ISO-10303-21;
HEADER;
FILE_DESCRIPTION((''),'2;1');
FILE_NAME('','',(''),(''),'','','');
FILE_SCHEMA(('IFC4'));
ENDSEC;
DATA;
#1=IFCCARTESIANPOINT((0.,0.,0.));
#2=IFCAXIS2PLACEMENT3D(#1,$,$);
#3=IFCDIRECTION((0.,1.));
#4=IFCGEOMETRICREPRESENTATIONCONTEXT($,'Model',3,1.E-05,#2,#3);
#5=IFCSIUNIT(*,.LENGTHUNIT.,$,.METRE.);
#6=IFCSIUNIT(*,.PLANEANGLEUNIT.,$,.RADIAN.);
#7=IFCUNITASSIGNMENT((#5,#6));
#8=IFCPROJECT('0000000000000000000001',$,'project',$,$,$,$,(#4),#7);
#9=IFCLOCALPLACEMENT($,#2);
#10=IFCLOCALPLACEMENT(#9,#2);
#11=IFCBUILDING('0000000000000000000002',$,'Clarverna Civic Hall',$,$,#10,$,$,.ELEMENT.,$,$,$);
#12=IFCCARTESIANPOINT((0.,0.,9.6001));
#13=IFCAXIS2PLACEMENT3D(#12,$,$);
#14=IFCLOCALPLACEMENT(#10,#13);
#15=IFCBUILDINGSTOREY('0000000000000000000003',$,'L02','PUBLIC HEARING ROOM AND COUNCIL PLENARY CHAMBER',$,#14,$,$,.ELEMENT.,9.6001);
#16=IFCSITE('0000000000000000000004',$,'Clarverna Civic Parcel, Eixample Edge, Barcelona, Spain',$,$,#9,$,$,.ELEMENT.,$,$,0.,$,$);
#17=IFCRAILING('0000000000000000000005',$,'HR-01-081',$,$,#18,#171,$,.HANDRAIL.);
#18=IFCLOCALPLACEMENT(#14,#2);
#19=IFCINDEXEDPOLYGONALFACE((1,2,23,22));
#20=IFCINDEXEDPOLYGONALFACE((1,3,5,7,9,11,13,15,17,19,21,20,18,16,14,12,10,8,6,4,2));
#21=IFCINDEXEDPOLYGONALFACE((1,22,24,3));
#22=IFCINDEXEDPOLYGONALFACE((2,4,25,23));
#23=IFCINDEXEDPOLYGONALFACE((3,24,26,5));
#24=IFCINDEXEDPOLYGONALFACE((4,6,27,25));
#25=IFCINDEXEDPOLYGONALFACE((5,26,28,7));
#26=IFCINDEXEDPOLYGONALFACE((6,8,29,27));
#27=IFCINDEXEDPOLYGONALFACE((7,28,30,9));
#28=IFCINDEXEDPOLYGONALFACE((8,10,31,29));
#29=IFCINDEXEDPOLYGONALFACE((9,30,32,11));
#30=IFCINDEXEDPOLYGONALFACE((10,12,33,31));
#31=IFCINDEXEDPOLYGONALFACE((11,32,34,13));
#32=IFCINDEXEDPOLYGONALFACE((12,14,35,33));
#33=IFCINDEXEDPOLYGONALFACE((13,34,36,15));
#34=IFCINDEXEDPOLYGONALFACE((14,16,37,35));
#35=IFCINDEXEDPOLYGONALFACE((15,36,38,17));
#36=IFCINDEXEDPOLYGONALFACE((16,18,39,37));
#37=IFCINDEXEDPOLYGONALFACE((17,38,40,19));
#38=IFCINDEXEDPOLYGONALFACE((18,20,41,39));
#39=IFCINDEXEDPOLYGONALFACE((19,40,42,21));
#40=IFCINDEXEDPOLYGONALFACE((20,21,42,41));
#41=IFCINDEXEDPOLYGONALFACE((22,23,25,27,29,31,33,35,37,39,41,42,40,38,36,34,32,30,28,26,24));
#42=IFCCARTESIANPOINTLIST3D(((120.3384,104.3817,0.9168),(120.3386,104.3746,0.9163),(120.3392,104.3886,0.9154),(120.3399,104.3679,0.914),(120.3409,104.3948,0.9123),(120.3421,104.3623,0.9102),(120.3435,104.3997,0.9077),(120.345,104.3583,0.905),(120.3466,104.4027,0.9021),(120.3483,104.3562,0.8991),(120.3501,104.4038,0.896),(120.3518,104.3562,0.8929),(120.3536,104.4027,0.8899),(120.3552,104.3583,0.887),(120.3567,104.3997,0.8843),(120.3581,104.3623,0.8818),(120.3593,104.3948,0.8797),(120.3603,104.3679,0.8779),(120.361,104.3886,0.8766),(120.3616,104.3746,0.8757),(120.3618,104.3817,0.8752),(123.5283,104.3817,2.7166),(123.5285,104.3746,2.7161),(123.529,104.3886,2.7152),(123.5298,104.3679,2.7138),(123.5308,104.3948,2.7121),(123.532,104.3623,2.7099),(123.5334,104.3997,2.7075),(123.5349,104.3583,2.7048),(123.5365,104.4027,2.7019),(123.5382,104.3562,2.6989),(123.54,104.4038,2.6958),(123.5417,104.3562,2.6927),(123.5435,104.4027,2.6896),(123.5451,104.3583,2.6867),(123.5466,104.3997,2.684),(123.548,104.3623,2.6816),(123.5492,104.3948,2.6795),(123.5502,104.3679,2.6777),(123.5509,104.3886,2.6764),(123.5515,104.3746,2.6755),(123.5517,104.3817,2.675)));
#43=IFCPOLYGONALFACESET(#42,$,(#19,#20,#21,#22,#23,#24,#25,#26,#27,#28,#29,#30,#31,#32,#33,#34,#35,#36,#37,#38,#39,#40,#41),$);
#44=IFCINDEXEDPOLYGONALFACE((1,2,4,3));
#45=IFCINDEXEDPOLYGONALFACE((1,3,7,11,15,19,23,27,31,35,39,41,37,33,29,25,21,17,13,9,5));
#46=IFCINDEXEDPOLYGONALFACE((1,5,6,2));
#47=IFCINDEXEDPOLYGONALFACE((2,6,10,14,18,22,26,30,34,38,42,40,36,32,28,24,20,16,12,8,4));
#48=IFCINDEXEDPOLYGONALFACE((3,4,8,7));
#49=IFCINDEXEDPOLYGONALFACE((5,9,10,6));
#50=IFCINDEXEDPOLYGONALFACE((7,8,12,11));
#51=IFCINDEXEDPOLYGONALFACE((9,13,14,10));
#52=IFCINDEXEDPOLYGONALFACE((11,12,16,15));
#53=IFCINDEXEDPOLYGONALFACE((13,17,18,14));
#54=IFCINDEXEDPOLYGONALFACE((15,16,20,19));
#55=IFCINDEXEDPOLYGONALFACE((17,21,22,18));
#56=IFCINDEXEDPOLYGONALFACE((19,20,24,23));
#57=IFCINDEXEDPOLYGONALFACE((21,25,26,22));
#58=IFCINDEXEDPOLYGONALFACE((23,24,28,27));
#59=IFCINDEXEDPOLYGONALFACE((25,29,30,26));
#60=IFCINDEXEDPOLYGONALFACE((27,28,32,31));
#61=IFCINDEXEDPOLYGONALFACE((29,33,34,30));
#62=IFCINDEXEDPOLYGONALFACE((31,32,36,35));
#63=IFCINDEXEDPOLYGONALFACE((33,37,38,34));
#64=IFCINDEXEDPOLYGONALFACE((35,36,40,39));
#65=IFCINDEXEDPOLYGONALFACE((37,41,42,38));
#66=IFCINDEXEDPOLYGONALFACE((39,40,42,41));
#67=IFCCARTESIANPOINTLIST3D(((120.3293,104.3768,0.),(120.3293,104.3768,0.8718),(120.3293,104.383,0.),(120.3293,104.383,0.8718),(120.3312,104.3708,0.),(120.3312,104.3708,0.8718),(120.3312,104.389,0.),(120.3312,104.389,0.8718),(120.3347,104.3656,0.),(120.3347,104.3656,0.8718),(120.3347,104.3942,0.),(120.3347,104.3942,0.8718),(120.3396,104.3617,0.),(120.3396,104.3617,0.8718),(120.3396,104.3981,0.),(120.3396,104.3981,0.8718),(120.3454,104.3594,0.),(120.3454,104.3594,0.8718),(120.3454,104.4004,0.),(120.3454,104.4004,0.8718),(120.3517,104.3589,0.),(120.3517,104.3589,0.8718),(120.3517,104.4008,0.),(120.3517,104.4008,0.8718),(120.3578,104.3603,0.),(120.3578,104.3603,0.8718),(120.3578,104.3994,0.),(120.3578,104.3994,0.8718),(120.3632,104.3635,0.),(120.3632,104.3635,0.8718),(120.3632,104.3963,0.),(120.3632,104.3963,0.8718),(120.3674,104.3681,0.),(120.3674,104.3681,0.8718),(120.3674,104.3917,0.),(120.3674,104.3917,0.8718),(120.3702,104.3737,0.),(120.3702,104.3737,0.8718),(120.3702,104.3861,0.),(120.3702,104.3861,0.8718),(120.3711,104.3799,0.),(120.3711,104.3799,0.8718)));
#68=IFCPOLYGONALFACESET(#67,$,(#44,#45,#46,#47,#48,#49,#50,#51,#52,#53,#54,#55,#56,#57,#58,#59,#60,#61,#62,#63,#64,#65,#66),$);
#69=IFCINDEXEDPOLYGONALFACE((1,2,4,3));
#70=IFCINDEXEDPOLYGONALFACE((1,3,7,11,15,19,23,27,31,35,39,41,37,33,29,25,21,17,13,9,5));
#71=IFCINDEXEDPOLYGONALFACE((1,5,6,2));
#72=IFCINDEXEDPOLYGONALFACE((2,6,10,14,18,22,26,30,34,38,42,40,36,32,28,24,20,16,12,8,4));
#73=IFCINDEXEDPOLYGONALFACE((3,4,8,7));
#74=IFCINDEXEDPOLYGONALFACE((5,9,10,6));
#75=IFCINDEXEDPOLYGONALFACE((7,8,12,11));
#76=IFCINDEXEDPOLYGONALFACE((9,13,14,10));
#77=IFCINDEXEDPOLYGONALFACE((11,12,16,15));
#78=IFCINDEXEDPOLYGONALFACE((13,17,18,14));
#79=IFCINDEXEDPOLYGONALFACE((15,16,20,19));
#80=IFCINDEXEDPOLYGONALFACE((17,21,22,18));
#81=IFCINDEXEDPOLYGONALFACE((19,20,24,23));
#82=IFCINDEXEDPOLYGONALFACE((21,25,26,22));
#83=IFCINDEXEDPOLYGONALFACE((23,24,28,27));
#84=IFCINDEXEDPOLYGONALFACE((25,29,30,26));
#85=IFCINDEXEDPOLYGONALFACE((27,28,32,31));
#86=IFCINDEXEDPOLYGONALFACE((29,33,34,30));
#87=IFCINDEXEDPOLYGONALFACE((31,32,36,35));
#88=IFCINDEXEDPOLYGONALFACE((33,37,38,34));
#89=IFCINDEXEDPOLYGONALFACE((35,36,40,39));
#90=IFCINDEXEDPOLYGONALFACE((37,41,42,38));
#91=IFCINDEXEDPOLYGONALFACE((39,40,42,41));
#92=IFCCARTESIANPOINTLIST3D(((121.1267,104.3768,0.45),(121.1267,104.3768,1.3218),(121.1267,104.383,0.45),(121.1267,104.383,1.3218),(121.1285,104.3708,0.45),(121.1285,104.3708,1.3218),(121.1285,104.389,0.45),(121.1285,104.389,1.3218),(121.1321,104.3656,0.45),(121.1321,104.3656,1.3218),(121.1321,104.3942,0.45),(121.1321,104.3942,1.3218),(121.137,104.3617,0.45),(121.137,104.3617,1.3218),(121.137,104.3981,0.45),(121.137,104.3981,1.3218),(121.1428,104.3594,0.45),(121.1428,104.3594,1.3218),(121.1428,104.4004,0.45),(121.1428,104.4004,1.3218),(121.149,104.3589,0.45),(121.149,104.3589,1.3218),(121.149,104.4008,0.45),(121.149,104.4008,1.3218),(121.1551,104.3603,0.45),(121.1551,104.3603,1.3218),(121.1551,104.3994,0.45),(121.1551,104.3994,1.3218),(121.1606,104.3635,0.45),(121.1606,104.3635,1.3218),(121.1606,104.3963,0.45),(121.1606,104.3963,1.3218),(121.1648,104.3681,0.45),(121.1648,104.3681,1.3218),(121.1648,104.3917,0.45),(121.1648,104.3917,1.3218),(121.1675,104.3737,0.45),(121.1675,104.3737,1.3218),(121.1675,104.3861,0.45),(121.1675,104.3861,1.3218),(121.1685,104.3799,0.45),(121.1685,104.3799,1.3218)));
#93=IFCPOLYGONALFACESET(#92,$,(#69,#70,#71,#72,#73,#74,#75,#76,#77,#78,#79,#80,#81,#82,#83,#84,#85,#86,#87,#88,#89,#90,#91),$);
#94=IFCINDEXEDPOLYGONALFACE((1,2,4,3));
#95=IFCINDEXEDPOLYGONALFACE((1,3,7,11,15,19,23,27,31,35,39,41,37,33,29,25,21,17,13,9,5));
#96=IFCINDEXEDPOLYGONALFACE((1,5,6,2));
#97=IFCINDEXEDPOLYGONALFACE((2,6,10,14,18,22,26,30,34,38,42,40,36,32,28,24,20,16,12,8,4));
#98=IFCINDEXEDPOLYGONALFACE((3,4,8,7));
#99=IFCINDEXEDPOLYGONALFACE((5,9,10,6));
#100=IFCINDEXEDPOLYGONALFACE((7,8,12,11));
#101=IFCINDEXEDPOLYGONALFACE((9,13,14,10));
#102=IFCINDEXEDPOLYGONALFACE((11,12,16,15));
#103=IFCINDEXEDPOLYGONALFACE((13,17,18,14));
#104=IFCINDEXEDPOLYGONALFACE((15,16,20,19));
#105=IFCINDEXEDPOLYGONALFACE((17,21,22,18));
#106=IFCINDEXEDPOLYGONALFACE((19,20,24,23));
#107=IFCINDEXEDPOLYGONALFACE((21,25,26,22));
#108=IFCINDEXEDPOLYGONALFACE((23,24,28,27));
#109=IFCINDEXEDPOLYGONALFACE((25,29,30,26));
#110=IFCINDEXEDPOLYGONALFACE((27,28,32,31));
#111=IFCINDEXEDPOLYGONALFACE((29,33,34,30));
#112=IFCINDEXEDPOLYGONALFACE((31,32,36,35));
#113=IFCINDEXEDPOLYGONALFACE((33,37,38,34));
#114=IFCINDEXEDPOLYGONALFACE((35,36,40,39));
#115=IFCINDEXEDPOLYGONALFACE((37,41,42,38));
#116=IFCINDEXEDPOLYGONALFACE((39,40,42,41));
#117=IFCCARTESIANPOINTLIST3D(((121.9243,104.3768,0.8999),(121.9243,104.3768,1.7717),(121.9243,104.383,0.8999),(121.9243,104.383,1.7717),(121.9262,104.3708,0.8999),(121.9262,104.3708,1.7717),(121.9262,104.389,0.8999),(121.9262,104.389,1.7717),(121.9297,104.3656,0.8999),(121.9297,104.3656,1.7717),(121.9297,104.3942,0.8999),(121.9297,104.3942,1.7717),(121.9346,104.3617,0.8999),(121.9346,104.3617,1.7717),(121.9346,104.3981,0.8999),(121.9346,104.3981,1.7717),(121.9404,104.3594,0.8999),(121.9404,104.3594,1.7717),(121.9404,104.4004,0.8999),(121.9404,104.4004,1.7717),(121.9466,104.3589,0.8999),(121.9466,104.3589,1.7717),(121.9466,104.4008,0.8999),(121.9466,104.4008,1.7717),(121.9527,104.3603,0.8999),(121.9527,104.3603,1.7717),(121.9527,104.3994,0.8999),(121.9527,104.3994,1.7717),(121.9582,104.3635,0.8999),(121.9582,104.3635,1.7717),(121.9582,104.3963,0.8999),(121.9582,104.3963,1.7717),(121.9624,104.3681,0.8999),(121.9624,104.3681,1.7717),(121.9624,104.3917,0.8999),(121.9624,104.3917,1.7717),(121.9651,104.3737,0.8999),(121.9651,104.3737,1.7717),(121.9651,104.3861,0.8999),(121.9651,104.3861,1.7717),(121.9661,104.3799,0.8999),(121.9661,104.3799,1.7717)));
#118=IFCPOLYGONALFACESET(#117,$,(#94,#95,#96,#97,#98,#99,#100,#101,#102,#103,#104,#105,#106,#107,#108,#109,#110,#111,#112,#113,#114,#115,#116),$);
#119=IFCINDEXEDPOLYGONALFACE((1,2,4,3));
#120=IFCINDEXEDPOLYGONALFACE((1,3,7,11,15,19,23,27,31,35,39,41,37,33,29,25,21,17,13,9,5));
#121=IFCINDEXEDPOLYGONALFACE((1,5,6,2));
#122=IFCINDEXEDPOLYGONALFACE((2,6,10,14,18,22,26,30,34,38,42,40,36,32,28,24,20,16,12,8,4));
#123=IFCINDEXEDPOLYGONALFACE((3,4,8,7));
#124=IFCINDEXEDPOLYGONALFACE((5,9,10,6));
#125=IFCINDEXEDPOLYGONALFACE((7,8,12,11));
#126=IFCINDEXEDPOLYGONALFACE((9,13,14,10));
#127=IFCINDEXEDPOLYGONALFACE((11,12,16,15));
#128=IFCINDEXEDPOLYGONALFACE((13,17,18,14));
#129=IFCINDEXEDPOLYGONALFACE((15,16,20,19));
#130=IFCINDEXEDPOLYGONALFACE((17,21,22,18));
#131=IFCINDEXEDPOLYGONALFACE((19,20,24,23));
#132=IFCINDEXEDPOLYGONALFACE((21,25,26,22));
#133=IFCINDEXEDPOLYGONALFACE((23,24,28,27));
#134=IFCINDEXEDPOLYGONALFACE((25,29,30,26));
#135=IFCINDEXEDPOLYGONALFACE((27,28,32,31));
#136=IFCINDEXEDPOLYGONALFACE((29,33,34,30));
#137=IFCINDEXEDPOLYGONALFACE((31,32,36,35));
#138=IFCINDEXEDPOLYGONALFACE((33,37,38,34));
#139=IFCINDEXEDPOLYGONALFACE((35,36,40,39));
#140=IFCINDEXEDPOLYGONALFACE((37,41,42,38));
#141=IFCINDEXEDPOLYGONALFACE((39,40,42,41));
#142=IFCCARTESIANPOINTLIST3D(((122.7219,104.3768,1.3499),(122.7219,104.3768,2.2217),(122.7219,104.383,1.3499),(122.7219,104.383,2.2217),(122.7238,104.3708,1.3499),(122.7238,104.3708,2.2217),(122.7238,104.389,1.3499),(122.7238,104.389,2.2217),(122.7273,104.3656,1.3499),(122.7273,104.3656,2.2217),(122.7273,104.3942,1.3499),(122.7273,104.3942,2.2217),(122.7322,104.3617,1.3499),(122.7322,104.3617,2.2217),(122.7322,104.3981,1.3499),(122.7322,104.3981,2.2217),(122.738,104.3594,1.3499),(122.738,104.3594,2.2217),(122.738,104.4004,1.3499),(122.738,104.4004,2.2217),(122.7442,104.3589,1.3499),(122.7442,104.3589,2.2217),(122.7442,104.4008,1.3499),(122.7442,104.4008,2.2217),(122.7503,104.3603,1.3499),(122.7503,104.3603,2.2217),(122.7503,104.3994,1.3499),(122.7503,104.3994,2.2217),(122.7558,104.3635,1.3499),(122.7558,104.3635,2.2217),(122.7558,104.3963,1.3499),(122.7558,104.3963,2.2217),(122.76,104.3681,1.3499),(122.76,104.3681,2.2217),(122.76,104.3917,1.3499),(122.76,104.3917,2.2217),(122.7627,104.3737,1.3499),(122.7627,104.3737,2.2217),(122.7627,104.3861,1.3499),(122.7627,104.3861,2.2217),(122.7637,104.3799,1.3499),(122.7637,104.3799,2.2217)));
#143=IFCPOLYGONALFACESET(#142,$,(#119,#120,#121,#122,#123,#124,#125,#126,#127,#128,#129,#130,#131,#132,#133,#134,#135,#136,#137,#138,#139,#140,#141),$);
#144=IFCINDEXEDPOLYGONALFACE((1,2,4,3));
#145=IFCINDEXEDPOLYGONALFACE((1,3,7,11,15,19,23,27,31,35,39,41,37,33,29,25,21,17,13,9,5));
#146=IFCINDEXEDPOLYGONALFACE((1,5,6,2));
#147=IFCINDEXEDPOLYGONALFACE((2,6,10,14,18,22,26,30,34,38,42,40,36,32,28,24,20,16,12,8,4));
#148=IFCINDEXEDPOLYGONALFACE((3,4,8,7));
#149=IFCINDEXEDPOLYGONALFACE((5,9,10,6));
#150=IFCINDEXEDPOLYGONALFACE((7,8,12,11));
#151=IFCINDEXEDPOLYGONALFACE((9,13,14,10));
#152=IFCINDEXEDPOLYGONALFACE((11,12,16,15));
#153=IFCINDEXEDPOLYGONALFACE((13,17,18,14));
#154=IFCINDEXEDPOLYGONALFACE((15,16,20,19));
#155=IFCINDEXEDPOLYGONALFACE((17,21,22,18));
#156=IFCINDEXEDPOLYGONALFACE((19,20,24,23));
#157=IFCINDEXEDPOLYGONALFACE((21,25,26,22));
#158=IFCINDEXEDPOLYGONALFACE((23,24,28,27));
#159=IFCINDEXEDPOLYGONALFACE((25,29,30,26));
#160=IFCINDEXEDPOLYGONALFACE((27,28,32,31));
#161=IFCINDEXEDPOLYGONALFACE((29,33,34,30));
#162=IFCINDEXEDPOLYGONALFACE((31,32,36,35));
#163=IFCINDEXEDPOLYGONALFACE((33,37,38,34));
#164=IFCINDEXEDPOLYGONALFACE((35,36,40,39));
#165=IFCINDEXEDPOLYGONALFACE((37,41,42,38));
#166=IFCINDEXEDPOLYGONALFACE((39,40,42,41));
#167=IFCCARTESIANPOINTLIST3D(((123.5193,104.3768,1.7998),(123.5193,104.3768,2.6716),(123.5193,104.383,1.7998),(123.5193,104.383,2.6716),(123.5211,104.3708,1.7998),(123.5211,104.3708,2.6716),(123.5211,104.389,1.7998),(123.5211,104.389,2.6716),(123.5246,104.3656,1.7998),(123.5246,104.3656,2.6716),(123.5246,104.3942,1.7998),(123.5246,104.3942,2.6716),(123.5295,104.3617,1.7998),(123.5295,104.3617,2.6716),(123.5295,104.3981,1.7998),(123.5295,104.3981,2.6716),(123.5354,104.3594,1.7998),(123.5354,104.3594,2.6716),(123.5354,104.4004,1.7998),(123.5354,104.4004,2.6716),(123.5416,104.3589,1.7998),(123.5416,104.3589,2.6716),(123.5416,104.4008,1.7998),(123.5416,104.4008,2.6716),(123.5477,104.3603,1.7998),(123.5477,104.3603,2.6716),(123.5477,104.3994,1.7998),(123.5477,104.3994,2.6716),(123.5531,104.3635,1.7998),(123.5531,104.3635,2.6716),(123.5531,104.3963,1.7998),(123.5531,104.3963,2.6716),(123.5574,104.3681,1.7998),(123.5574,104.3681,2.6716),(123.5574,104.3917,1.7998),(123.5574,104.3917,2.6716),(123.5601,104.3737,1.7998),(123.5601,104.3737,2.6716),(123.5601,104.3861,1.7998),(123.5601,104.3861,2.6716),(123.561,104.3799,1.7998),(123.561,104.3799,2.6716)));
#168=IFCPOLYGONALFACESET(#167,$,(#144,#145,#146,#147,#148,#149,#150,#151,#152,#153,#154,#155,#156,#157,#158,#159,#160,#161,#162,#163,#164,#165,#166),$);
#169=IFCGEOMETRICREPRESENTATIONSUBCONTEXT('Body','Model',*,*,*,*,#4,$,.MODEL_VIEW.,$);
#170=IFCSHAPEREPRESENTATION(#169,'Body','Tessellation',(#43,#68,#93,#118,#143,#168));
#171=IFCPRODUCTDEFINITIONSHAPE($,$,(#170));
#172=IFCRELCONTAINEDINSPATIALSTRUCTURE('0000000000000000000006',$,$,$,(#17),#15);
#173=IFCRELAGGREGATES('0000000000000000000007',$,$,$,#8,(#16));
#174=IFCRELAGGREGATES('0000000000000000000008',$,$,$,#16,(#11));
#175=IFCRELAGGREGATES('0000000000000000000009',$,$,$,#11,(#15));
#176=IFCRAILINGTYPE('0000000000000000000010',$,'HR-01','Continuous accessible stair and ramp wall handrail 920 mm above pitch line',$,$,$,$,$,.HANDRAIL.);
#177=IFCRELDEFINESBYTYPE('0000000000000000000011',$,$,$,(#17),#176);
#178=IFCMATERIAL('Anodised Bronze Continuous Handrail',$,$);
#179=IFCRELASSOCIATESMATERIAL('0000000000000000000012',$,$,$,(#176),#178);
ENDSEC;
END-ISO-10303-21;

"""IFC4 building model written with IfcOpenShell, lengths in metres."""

from ifc_helpers import new_model, si_unit, direction, frame, origin, origin_2d, place, context, subcontext, project, spatial, circle, extrude, material, type_object, element, save


model = new_model("IFC4")

# Units and contexts
model_context = context("Model", 3, precision=1e-05, world=origin(), true_north=direction((0.0, 1.0)))
body_context = subcontext(model_context, "Body", "Model", "MODEL_VIEW")
ifc_project = project(units=[si_unit("LENGTHUNIT", "METRE"), si_unit("PLANEANGLEUNIT", "RADIAN")], contexts=[model_context])

# Site, building, storey
site_placement = place(None, origin())
site = spatial("IfcSite", under=ifc_project, at=site_placement, Name="Clarverna Civic Parcel, Eixample Edge, Barcelona, Spain", CompositionType="ELEMENT", RefElevation=0.0)
building_placement = place(site_placement, origin())
building = spatial("IfcBuilding", under=site, at=building_placement, Name="Clarverna Civic Hall", CompositionType="ELEMENT")
storey_placement = place(building_placement, frame((0.0, 0.0, 9.6001)))
storey = spatial("IfcBuildingStorey", under=building, at=storey_placement, Name="L02", Description="PUBLIC HEARING ROOM AND COUNCIL PLENARY CHAMBER", CompositionType="ELEMENT", Elevation=9.6001)

# Railing
ifc_material_1 = material(Name="Anodised Bronze Continuous Handrail")
railing_type_1 = type_object("IfcRailingType", Name="HR-01", Description="Continuous accessible stair and ramp wall handrail 920 mm above pitch line", PredefinedType="HANDRAIL", material=ifc_material_1)
railing_1_placement = place(storey_placement, frame((120.3501, 104.3799, 0.0)))
element("IfcRailing", 1, at=railing_1_placement, inside=storey, type_object=railing_type_1, Name="HR-01-081", PredefinedType="HANDRAIL", context=body_context, shape_type="SweptSolid", body=[
    extrude(circle(Radius=0.0239, at=origin_2d()), frame((0.0, 0.0, 0.896), z_axis=(0.870938, 0.0, 0.491394), x_axis=(0.0, 1.0, 0.0)), (0.0, 0.0, 1.0), 3.6626),
    extrude(circle(Radius=0.021, at=origin_2d()), origin(), (0.0, 0.0, 1.0), 0.8718),
    extrude(circle(Radius=0.021, at=origin_2d()), frame((0.7974, 0.0, 0.45)), (0.0, 0.0, 1.0), 0.8718),
    extrude(circle(Radius=0.021, at=origin_2d()), frame((1.595, 0.0, 0.8999)), (0.0, 0.0, 1.0), 0.8718),
    extrude(circle(Radius=0.021, at=origin_2d()), frame((2.3926, 0.0, 1.3499)), (0.0, 0.0, 1.0), 0.8718),
    extrude(circle(Radius=0.021, at=origin_2d()), frame((3.1899, 0.0, 1.7998)), (0.0, 0.0, 1.0), 0.8718),
])

save(model, "model.ifc")
